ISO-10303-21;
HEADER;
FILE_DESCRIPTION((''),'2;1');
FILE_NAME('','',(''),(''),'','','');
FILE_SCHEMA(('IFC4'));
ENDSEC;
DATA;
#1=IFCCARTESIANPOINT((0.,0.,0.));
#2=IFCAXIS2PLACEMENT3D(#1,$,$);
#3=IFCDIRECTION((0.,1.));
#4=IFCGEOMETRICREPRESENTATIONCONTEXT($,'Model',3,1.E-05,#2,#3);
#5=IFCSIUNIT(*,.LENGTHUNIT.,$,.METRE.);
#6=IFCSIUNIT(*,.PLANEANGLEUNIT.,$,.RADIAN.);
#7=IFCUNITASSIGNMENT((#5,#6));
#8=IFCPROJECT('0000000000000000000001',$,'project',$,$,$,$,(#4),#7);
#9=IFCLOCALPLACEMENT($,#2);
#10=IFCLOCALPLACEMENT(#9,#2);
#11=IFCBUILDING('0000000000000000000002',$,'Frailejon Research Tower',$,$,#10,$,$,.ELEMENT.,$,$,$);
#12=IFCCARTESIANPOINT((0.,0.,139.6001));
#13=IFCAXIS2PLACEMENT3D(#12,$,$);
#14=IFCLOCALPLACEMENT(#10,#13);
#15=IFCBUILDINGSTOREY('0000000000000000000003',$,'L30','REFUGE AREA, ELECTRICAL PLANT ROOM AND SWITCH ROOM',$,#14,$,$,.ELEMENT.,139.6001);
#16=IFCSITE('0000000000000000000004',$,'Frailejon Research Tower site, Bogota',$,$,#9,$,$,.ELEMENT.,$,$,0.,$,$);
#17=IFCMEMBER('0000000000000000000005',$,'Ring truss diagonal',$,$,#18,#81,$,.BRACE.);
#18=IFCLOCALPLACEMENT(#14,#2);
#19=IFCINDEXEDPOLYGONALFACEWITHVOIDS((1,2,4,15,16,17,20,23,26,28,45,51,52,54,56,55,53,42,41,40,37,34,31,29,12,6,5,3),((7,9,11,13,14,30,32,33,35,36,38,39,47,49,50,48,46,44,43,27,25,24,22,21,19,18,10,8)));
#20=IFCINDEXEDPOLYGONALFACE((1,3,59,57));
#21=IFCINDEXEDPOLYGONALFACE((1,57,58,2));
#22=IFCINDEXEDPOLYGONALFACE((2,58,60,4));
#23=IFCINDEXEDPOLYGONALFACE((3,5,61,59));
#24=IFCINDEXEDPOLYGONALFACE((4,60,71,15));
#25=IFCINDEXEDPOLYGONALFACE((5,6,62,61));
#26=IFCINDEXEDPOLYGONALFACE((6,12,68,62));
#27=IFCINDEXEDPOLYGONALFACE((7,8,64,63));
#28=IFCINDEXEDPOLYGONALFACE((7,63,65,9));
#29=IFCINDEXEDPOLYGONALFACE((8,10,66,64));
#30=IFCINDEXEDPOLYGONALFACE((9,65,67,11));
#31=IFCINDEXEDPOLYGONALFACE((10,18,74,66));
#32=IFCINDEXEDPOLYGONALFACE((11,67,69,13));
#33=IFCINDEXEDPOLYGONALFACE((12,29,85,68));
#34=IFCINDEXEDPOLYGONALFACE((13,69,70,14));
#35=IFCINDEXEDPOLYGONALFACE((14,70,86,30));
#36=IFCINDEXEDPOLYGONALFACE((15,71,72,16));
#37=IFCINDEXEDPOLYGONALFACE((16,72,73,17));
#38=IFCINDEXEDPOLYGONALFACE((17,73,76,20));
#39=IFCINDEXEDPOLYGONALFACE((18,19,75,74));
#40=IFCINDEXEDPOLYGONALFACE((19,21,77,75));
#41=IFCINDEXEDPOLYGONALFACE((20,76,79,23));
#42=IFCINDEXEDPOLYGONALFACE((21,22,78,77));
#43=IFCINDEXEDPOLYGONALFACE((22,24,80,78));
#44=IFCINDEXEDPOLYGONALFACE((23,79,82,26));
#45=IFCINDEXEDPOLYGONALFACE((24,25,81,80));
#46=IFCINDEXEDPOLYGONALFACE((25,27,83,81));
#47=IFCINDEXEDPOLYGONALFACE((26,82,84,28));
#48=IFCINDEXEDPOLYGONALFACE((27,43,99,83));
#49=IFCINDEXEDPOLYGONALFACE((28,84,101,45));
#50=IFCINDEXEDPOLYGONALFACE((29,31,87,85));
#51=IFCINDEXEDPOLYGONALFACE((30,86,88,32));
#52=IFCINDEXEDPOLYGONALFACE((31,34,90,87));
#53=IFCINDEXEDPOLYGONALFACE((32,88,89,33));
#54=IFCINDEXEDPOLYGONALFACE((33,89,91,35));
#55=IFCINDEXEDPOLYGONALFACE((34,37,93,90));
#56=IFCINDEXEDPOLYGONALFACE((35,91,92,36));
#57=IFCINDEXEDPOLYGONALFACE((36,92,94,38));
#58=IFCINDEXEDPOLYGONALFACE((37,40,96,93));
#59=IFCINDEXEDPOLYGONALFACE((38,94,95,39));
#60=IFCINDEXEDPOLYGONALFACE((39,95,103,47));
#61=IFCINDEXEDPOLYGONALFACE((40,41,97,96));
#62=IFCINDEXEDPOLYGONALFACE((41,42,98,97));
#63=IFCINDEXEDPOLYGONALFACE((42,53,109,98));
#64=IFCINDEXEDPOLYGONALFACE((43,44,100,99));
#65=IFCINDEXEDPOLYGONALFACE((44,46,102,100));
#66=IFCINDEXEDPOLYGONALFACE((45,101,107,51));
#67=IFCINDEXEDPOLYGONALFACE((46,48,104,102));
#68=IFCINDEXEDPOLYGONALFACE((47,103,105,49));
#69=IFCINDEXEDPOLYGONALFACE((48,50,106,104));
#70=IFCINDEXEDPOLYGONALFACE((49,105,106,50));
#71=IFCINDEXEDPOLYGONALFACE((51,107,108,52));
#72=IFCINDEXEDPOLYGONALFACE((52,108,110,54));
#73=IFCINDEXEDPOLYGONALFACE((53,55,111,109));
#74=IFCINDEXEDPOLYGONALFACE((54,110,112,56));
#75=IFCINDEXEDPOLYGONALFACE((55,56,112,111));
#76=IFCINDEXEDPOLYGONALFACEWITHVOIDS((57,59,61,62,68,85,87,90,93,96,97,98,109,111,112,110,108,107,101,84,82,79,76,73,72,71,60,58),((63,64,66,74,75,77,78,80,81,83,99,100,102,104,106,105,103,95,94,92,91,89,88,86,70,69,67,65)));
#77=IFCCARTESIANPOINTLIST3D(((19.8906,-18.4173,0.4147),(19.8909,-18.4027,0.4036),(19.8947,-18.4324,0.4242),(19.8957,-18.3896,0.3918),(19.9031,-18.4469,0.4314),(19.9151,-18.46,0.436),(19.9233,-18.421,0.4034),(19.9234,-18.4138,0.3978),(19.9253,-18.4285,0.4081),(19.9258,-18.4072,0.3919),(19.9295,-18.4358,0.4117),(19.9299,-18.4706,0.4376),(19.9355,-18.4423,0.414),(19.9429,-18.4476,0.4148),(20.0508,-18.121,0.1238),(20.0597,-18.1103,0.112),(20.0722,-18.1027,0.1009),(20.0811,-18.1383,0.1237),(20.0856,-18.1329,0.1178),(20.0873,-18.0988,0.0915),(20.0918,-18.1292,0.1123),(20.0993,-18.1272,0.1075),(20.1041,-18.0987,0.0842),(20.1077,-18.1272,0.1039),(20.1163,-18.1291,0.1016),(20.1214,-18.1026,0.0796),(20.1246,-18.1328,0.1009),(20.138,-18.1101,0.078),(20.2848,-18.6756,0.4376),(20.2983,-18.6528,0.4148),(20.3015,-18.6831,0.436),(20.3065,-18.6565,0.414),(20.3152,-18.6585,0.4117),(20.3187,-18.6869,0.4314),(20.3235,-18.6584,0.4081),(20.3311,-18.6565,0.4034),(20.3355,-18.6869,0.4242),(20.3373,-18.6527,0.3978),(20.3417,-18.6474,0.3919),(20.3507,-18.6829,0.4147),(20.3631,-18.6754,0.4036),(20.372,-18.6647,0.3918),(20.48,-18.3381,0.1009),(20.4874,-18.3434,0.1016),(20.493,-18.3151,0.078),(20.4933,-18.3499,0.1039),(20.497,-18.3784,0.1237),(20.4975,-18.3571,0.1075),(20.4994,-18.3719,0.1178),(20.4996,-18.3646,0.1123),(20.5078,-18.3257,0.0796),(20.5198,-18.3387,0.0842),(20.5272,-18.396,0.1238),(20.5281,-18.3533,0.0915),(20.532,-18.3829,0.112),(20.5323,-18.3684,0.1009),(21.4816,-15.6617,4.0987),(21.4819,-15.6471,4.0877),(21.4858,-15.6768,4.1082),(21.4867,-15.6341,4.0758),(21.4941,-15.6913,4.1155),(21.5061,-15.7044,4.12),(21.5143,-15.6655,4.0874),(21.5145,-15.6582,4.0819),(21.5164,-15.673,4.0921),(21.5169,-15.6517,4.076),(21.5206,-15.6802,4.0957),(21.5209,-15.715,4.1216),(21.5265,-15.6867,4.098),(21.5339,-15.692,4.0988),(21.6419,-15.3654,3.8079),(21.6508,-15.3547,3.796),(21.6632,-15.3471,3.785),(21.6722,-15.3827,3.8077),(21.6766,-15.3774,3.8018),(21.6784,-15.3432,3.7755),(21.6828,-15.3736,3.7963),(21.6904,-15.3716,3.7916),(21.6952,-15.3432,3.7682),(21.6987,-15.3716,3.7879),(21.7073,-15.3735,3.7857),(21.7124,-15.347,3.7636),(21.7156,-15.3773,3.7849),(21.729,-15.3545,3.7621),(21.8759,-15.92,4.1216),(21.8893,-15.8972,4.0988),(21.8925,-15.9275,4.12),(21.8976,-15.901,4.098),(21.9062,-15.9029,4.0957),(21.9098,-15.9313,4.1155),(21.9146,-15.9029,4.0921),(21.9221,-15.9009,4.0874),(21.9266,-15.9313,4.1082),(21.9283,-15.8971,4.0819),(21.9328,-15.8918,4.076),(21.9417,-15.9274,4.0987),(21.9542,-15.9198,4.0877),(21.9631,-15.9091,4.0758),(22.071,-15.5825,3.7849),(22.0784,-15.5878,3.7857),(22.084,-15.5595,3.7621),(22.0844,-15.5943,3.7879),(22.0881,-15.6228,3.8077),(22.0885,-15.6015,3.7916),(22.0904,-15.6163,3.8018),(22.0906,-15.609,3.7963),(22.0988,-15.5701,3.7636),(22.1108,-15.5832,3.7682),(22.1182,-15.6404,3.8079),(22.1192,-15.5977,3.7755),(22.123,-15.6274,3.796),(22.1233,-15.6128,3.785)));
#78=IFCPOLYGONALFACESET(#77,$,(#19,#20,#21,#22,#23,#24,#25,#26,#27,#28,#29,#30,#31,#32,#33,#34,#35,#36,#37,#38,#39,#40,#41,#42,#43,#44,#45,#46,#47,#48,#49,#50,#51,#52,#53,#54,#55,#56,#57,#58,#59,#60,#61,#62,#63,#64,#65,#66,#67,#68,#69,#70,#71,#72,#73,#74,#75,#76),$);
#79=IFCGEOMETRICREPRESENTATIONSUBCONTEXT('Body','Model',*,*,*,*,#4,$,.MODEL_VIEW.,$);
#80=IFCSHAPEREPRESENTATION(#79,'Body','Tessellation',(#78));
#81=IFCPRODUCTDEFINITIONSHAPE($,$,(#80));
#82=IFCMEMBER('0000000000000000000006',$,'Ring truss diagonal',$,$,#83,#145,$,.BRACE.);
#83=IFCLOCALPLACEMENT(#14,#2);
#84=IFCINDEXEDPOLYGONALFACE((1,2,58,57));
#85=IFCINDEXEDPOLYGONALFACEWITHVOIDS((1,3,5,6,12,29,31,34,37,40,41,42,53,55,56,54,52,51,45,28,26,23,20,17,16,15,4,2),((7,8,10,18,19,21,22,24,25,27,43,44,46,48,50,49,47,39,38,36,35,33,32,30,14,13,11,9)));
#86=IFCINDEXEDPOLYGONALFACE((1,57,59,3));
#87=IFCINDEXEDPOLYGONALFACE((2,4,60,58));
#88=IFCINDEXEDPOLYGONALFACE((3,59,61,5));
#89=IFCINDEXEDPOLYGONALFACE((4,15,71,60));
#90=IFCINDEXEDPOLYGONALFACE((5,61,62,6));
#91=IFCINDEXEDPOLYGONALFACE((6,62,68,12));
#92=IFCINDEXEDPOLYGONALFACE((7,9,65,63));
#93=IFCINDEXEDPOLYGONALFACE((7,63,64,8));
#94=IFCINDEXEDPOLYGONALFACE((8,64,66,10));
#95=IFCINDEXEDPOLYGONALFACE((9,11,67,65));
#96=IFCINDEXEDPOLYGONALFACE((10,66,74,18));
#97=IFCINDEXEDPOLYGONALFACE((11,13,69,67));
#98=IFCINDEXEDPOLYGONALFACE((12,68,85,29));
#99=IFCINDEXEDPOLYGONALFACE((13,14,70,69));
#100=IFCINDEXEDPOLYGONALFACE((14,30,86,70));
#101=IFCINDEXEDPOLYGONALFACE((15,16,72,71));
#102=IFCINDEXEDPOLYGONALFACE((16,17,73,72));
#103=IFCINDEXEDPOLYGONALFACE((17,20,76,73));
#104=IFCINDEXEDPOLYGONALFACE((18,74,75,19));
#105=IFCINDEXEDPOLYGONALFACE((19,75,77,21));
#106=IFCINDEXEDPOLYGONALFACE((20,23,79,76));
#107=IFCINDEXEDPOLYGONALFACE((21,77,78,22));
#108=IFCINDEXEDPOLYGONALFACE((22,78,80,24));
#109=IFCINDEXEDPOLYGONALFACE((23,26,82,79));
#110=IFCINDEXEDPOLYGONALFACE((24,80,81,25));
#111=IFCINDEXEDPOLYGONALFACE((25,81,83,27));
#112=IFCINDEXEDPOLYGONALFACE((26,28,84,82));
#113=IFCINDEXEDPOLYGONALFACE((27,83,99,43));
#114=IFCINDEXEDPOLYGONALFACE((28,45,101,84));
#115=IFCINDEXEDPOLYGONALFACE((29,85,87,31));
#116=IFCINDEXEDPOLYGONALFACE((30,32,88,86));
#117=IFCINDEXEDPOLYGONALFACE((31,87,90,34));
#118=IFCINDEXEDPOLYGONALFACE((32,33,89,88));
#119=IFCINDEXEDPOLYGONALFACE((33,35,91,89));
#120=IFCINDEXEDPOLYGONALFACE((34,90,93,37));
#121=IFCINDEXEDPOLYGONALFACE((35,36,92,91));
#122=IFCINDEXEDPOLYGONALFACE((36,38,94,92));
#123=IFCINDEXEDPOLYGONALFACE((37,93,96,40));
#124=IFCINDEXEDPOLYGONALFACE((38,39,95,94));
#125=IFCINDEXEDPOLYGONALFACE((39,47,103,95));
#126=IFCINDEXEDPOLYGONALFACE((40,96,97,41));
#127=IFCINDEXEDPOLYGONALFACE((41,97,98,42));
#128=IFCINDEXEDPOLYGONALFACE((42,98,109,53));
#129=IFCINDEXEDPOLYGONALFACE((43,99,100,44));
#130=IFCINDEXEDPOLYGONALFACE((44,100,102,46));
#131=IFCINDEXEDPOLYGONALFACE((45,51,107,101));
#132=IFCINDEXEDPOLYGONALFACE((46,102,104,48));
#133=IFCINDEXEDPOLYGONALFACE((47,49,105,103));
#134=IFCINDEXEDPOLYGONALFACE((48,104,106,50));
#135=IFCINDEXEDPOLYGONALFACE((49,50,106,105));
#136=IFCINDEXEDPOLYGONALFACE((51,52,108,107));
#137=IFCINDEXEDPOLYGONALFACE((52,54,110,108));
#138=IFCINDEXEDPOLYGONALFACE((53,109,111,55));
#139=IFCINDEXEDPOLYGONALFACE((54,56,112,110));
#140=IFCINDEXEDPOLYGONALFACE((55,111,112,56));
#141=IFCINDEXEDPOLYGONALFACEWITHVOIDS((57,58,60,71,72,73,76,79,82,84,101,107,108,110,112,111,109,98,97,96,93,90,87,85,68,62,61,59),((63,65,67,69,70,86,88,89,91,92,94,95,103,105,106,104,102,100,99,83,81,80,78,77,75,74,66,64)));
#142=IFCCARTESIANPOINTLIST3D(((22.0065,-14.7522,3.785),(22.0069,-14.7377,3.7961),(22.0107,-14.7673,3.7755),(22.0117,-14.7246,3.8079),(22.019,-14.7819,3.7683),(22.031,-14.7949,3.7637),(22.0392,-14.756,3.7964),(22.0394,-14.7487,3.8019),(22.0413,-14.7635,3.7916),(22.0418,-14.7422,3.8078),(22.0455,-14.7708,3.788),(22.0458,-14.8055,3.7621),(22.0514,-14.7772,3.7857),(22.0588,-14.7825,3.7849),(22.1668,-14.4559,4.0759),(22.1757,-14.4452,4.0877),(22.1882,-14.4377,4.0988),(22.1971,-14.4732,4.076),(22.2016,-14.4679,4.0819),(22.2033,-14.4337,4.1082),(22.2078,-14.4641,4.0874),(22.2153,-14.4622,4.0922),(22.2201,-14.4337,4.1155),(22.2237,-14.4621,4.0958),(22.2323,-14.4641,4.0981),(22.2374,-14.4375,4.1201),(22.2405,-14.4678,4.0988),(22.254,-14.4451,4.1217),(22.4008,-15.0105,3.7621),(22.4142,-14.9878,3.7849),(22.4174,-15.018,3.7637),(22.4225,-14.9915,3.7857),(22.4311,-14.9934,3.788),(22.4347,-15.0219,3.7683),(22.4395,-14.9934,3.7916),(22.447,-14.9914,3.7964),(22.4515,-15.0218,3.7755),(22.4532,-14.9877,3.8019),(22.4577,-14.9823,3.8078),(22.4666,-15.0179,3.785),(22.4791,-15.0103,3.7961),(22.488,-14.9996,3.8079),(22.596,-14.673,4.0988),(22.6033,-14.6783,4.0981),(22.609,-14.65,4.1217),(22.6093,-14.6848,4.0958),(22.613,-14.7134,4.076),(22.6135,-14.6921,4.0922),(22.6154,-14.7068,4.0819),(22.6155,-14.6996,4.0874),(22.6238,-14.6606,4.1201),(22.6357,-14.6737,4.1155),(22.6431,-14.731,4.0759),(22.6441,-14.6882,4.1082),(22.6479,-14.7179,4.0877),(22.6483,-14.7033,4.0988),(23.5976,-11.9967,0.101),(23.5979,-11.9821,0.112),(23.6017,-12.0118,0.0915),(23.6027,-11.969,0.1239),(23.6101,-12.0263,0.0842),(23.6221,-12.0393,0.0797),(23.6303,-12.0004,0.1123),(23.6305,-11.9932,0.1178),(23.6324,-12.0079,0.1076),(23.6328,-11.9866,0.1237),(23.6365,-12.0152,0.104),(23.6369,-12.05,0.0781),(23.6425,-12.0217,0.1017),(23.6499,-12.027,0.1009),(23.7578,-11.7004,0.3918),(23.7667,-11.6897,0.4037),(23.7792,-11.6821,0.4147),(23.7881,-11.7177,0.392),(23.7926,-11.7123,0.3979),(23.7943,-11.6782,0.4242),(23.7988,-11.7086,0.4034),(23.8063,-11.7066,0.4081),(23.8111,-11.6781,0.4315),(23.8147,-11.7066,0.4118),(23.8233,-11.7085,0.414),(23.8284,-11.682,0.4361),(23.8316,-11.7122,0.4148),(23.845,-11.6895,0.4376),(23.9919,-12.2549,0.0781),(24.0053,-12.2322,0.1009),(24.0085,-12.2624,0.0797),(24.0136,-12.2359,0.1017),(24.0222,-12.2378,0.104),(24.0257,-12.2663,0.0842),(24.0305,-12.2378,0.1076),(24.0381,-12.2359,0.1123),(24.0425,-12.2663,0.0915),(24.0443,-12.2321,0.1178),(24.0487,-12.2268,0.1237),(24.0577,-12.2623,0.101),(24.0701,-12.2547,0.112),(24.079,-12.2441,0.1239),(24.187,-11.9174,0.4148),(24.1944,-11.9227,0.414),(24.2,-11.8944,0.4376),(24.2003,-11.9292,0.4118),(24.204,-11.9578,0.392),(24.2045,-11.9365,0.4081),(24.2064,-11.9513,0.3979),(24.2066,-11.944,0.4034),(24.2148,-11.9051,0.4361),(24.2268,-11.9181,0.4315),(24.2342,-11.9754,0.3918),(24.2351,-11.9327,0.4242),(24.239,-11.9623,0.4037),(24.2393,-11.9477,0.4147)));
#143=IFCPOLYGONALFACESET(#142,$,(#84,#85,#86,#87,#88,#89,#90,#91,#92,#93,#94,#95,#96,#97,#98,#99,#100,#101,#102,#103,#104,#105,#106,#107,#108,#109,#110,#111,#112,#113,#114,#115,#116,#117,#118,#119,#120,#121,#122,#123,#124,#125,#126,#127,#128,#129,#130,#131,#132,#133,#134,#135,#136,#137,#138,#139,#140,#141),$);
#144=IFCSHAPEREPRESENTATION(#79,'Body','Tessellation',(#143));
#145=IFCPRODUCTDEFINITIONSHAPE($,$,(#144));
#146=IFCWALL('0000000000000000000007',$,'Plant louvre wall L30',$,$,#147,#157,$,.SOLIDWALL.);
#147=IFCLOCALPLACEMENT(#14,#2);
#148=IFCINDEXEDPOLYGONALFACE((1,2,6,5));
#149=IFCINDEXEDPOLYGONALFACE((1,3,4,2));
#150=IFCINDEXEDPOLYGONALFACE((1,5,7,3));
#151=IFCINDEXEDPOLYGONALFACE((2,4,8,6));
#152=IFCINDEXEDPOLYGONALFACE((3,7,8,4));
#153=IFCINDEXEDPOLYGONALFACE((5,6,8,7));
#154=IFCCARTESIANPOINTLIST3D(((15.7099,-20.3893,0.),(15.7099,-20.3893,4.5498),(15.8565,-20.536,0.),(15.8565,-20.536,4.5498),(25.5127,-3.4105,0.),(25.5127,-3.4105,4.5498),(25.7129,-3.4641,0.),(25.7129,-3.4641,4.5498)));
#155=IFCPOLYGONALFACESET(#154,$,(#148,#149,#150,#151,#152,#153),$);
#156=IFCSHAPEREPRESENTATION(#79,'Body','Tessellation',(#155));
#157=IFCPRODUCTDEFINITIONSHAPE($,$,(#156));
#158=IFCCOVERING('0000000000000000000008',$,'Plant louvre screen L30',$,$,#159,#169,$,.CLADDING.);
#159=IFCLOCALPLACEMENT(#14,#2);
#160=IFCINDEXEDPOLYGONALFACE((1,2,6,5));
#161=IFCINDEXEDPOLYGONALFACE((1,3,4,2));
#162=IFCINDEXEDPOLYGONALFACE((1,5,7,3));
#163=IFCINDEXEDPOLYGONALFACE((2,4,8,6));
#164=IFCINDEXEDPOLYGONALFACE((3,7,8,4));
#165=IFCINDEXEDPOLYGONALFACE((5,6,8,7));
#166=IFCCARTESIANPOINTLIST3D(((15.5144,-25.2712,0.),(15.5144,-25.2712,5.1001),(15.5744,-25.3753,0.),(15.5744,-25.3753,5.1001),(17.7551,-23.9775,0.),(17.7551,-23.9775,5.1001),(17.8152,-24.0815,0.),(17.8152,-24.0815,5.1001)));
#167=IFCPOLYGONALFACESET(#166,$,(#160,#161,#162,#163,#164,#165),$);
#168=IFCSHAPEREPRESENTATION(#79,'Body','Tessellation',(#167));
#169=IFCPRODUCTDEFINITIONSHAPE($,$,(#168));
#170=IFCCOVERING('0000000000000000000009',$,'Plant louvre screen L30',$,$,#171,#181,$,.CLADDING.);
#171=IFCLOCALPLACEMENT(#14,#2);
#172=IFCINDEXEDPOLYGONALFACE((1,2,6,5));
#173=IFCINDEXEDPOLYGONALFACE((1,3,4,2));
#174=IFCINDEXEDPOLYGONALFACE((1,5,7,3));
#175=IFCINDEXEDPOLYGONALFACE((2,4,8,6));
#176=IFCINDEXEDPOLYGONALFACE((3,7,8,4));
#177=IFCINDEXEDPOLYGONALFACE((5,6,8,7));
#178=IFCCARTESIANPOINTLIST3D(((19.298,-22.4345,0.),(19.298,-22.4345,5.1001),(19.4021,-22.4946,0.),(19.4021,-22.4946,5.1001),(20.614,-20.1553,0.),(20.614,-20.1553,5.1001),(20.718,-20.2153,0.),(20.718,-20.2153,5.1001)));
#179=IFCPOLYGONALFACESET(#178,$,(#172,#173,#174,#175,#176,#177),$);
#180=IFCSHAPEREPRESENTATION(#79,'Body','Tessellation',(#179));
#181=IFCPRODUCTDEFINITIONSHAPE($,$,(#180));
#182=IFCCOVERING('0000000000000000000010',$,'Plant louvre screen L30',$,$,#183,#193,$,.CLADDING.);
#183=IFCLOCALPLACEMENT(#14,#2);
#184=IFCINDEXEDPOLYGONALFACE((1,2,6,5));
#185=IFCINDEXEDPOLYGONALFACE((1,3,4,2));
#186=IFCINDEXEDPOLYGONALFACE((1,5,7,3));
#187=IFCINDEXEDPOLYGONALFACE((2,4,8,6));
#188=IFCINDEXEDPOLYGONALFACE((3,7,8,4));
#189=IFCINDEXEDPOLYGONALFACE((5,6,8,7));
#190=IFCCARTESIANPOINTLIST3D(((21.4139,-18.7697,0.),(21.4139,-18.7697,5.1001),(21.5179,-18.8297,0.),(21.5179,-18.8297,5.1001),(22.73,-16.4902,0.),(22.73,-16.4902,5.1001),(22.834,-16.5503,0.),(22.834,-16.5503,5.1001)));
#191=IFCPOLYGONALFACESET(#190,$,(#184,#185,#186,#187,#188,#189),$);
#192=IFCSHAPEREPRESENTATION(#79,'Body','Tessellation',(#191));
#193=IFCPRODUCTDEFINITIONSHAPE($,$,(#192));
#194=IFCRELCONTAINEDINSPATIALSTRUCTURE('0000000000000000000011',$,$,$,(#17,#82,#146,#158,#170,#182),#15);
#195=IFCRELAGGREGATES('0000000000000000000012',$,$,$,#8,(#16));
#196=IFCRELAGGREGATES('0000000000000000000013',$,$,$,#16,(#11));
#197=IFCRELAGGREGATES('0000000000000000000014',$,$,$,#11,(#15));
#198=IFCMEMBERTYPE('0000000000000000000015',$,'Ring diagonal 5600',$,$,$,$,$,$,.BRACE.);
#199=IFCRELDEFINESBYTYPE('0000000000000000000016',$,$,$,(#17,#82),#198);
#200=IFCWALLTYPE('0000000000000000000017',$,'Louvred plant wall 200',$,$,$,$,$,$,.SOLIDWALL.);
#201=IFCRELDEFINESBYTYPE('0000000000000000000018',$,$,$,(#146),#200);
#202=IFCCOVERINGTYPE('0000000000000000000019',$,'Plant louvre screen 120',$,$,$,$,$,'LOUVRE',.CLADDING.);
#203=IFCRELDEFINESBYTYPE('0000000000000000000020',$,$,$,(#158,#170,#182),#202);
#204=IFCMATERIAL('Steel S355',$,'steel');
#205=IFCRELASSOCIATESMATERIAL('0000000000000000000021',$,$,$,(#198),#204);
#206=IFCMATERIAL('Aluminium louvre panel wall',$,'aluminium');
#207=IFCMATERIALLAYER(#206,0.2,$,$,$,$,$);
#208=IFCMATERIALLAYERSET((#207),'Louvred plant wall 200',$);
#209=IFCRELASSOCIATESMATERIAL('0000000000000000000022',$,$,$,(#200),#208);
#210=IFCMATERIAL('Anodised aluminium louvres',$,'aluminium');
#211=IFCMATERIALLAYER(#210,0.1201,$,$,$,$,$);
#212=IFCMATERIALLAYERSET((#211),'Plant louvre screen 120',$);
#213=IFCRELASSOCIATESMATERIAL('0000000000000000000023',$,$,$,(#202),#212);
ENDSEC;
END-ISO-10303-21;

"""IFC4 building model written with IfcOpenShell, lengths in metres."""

from ifc_helpers import new_model, si_unit, direction, frame, origin, origin_2d, place, context, subcontext, project, spatial, polyline, hollow_rectangle, outline, extrude, material, layer, layer_set, material_profile, profile_set, type_object, element, save


model = new_model("IFC4")

# Units and contexts
model_context = context("Model", 3, precision=1e-05, world=origin(), true_north=direction((0.0, 1.0)))
body_context = subcontext(model_context, "Body", "Model", "MODEL_VIEW")
ifc_project = project(units=[si_unit("LENGTHUNIT", "METRE"), si_unit("PLANEANGLEUNIT", "RADIAN")], contexts=[model_context])

# Site, building, storey
site_placement = place(None, origin())
site = spatial("IfcSite", under=ifc_project, at=site_placement, Name="Frailejon Research Tower site, Bogota", CompositionType="ELEMENT", RefElevation=0.0)
building_placement = place(site_placement, origin())
building = spatial("IfcBuilding", under=site, at=building_placement, Name="Frailejon Research Tower", CompositionType="ELEMENT")
storey_placement = place(building_placement, frame((0.0, 0.0, 139.6001)))
storey = spatial("IfcBuildingStorey", under=building, at=storey_placement, Name="L30", Description="REFUGE AREA, ELECTRICAL PLANT ROOM AND SWITCH ROOM", CompositionType="ELEMENT", Elevation=139.6001)

# Members
ifc_material_1 = material(Name="Steel S355", Category="steel")
ifc_material_profile_1 = material_profile(ifc_material_1, hollow_rectangle(XDim=0.55, YDim=0.55, WallThickness=0.0349, InnerFilletRadius=0.0349, OuterFilletRadius=0.0701, at=origin_2d()), Name="Ring diagonal 5600")
ifc_profile_set_1 = profile_set([ifc_material_profile_1], Name="Steel S355")
member_type = type_object("IfcMemberType", Name="Ring diagonal 5600", PredefinedType="BRACE", material=ifc_profile_set_1)
for number, where, z_axis, x_axis, name in (
    (1, (20.2114, -18.3928, 0.2578), (0.326842, 0.566068, 0.756797), (-0.866011, 0.500026, 0.0), "Ring truss diagonal"),
    (2, (22.3274, -14.7278, 3.9419), (0.326842, 0.566068, -0.756797), (-0.866011, 0.500026, 0.0), "Ring truss diagonal"),
):
    element("IfcMember", number, at=place(storey_placement, frame(where, z_axis=z_axis, x_axis=x_axis)), inside=storey, type_object=member_type, Name=name, PredefinedType="BRACE", context=body_context, shape_type="SweptSolid", body=[
        extrude(hollow_rectangle(XDim=0.55, YDim=0.55, WallThickness=0.0349, InnerFilletRadius=0.0349, OuterFilletRadius=0.0701, at=origin_2d()), origin(), (0.0, 0.0, 1.0), 4.8679),
    ])

# Wall
ifc_material_2 = material(Name="Aluminium louvre panel wall", Category="aluminium")
ifc_layer_1 = layer(ifc_material_2, 0.2)
ifc_layer_set_1 = layer_set([ifc_layer_1], Name="Louvred plant wall 200")
wall_type = type_object("IfcWallType", Name="Louvred plant wall 200", PredefinedType="SOLIDWALL", material=ifc_layer_set_1)
wall_placement = place(storey_placement, frame((15.7832, -20.4626, 0.0), z_axis=(0.0, 0.0, 1.0), x_axis=(0.499999, 0.866026, 0.0)))
element("IfcWall", 3, at=wall_placement, inside=storey, type_object=wall_type, Name="Plant louvre wall L30", PredefinedType="SOLIDWALL", context=body_context, shape_type="SweptSolid", body=[
    extrude(outline(polyline([(-0.0269, -0.1001), (19.686, -0.1001), (19.6323, 0.1001), (0.0269, 0.1001), (-0.0269, -0.1001)])), origin(), (0.0, 0.0, 1.0), 4.5498),
])

# Coverings
ifc_material_3 = material(Name="Anodised aluminium louvres", Category="aluminium")
ifc_layer_2 = layer(ifc_material_3, 0.1201)
ifc_layer_set_2 = layer_set([ifc_layer_2], Name="Plant louvre screen 120")
covering_type = type_object("IfcCoveringType", Name="Plant louvre screen 120", ElementType="LOUVRE", PredefinedType="CLADDING", material=ifc_layer_set_2)
covering_1_placement = place(storey_placement, frame((17.8152, -24.0815, 0.0), z_axis=(-0.866021, -0.500007, 0.0), x_axis=(0.500007, -0.866021, 0.0)))
element("IfcCovering", 4, at=covering_1_placement, inside=storey, type_object=covering_type, Name="Plant louvre screen L30", PredefinedType="CLADDING", context=body_context, shape_type="SweptSolid", body=[
    extrude(outline(polyline([(-0.1201, 0.0), (0.0, 0.0), (0.0, 5.1001), (-0.1201, 5.1001), (-0.1201, 0.0)])), origin(), (0.0, 0.0, 1.0), 2.5874),
])
covering_2_placement = place(storey_placement, frame((20.718, -20.2153, 0.0), z_axis=(-0.500012, -0.866018, 0.0), x_axis=(0.866018, -0.500012, 0.0)))
element("IfcCovering", 5, at=covering_2_placement, inside=storey, type_object=covering_type, Name="Plant louvre screen L30", PredefinedType="CLADDING", context=body_context, shape_type="SweptSolid", body=[
    extrude(outline(polyline([(-0.1201, 0.0), (0.0, 0.0), (0.0, 5.1001), (-0.1201, 5.1001), (-0.1201, 0.0)])), origin(), (0.0, 0.0, 1.0), 2.6318),
])
covering_3_placement = place(storey_placement, frame((22.834, -16.5503, 0.0), z_axis=(-0.500002, -0.866024, 0.0), x_axis=(0.866024, -0.500002, 0.0)))
element("IfcCovering", 6, at=covering_3_placement, inside=storey, type_object=covering_type, Name="Plant louvre screen L30", PredefinedType="CLADDING", context=body_context, shape_type="SweptSolid", body=[
    extrude(outline(polyline([(-0.1201, 0.0), (0.0, 0.0), (0.0, 5.1001), (-0.1201, 5.1001), (-0.1201, 0.0)])), origin(), (0.0, 0.0, 1.0), 2.6321),
])

save(model, "model.ifc")
